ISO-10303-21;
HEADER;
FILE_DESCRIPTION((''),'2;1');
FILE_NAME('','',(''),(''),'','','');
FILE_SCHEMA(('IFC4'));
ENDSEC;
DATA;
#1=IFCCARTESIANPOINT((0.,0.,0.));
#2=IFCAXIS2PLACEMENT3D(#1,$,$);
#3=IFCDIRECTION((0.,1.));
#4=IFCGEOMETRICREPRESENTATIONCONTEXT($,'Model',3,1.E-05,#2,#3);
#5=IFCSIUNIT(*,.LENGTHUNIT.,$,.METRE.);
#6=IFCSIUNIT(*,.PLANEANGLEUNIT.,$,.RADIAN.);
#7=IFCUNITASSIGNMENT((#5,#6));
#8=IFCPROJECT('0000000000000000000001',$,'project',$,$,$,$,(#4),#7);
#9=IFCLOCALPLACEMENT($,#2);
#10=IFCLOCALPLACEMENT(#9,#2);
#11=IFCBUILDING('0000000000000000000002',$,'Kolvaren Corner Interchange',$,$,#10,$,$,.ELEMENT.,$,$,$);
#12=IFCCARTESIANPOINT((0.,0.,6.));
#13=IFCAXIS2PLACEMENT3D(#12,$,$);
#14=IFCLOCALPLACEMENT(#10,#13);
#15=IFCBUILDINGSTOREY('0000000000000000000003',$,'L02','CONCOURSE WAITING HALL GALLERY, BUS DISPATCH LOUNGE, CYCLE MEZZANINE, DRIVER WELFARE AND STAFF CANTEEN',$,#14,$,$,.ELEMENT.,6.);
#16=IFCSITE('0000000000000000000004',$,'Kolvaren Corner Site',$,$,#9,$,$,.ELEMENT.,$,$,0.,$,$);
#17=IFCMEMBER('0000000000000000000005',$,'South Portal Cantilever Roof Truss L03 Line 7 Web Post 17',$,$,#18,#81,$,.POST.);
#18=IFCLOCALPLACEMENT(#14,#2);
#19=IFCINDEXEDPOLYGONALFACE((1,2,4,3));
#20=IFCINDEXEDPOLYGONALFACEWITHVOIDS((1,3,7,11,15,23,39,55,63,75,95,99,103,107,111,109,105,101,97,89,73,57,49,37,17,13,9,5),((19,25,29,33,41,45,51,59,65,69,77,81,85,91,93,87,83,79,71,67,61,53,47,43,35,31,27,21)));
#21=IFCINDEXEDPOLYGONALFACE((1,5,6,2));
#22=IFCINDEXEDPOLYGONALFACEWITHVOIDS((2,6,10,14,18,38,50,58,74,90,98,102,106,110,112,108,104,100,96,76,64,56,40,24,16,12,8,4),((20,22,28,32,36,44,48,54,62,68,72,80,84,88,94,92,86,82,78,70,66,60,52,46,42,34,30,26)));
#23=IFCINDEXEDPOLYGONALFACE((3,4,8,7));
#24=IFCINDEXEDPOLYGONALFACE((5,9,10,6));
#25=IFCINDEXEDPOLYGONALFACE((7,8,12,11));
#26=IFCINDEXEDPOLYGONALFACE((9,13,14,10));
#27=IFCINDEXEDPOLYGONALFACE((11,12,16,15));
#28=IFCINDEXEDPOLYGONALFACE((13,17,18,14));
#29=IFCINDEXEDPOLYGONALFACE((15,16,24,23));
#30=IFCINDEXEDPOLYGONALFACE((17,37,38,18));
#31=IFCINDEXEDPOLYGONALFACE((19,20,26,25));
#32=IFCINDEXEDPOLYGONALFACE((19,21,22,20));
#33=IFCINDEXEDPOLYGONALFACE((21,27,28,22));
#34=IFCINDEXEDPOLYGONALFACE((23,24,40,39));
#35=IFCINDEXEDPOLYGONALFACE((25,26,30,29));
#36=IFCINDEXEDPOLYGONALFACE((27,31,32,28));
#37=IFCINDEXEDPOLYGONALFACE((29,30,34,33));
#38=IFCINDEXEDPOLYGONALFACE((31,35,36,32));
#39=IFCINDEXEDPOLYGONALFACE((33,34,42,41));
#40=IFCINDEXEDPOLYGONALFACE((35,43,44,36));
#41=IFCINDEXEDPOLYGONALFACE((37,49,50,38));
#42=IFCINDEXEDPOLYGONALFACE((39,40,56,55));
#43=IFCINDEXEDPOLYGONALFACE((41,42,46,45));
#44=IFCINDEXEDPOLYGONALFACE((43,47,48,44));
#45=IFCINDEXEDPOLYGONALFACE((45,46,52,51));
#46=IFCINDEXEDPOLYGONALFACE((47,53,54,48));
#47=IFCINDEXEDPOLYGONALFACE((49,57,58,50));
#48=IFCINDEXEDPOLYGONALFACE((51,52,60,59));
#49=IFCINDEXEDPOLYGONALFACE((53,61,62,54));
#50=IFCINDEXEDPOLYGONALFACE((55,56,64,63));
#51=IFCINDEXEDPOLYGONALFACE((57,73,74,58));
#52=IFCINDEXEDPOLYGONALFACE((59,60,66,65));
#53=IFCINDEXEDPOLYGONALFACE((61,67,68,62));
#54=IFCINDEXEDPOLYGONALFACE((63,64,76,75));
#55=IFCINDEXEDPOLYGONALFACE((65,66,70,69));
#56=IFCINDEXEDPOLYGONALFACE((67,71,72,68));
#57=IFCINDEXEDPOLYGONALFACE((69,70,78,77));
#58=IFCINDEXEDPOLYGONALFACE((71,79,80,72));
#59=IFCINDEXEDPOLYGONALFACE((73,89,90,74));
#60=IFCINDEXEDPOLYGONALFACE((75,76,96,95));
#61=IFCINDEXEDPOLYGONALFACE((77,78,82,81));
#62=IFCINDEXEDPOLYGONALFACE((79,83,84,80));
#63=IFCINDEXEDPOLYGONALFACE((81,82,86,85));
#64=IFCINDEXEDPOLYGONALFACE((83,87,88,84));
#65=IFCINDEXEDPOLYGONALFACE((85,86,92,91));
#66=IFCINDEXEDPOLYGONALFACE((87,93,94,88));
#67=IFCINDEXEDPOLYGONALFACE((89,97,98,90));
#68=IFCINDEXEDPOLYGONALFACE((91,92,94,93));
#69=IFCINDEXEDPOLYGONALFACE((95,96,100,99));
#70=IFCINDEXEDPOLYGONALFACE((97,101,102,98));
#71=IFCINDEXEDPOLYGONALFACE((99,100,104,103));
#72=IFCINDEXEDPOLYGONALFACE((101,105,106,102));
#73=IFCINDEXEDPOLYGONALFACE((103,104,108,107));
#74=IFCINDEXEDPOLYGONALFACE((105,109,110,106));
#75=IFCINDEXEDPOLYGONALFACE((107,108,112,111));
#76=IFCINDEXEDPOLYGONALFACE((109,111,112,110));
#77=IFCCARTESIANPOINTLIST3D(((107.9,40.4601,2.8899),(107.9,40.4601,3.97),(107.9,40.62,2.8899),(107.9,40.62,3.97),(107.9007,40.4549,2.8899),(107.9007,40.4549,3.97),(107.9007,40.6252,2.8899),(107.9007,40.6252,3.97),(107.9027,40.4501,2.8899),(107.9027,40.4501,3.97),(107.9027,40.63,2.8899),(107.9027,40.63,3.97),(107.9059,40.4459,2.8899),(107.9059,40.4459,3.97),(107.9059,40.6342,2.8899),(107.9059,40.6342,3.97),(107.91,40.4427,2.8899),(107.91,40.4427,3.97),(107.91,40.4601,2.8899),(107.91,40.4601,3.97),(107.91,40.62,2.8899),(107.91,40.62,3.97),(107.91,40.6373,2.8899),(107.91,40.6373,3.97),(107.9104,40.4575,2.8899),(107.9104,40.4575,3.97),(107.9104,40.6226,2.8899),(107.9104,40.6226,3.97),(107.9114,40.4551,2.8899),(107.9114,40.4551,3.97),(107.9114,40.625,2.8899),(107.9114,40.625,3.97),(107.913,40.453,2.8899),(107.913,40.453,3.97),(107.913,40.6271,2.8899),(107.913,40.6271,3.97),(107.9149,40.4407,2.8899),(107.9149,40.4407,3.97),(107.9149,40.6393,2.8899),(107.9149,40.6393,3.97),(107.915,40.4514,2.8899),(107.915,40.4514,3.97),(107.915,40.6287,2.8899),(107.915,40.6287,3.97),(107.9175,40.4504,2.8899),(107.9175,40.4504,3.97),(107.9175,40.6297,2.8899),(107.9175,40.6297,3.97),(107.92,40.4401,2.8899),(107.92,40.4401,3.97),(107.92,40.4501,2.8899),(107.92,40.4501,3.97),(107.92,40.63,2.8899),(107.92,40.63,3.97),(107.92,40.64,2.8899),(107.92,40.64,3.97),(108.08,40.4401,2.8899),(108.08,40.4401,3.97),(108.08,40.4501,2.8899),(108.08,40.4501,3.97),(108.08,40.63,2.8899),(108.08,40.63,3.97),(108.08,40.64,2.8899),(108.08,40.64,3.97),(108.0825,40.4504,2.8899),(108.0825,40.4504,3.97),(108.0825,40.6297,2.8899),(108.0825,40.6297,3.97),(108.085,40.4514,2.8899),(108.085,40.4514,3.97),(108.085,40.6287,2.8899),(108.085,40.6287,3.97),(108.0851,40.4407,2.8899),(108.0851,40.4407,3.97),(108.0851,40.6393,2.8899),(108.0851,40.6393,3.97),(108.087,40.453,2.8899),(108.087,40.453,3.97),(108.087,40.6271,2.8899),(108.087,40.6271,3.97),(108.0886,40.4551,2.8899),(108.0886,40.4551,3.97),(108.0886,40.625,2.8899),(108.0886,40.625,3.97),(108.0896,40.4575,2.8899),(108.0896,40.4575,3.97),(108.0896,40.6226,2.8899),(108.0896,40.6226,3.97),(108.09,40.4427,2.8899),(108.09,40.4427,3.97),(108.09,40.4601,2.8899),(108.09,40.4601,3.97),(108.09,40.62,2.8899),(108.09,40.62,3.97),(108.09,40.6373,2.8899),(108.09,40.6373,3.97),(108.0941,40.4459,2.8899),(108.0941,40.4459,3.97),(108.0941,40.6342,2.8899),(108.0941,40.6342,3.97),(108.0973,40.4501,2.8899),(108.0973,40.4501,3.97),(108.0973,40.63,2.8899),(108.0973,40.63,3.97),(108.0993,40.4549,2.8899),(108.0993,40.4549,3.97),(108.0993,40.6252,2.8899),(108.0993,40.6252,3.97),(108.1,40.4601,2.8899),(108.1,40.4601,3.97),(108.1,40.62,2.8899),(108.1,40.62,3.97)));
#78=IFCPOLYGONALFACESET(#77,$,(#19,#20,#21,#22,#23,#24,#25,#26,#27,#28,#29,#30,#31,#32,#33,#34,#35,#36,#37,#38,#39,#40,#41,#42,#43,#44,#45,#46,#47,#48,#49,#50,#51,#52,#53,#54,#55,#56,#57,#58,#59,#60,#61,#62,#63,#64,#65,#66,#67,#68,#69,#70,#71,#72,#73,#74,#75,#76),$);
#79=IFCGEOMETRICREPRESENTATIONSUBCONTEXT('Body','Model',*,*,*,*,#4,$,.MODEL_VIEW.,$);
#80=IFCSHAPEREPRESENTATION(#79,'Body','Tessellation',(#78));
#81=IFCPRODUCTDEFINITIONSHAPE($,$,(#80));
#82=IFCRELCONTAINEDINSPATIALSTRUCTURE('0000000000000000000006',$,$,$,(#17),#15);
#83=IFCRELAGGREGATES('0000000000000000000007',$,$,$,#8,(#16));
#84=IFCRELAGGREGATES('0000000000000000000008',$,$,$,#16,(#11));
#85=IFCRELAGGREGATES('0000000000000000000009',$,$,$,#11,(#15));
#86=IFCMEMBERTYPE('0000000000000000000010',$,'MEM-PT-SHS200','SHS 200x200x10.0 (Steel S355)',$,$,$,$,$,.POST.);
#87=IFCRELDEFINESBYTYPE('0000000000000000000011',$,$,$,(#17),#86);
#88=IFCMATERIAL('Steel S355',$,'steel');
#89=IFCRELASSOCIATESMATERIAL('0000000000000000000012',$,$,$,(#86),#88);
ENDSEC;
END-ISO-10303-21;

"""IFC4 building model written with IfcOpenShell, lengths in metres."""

from ifc_helpers import new_model, si_unit, direction, frame, origin, origin_2d, place, context, subcontext, project, spatial, hollow_rectangle, extrude, material, material_profile, profile_set, type_object, element, save


model = new_model("IFC4")

# Units and contexts
model_context = context("Model", 3, precision=1e-05, world=origin(), true_north=direction((0.0, 1.0)))
body_context = subcontext(model_context, "Body", "Model", "MODEL_VIEW")
ifc_project = project(units=[si_unit("LENGTHUNIT", "METRE"), si_unit("PLANEANGLEUNIT", "RADIAN")], contexts=[model_context])

# Site, building, storey
site_placement = place(None, origin())
site = spatial("IfcSite", under=ifc_project, at=site_placement, Name="Kolvaren Corner Site", CompositionType="ELEMENT", RefElevation=0.0)
building_placement = place(site_placement, origin())
building = spatial("IfcBuilding", under=site, at=building_placement, Name="Kolvaren Corner Interchange", CompositionType="ELEMENT")
storey_placement = place(building_placement, frame((0.0, 0.0, 6.0)))
storey = spatial("IfcBuildingStorey", under=building, at=storey_placement, Name="L02", Description="CONCOURSE WAITING HALL GALLERY, BUS DISPATCH LOUNGE, CYCLE MEZZANINE, DRIVER WELFARE AND STAFF CANTEEN", CompositionType="ELEMENT", Elevation=6.0)

# Member
ifc_material_1 = material(Name="Steel S355", Category="steel")
ifc_material_profile_1 = material_profile(ifc_material_1, hollow_rectangle(XDim=0.2, YDim=0.2, WallThickness=0.01, InnerFilletRadius=0.01, OuterFilletRadius=0.02, at=origin_2d()), Name="SHS 200x200x10.0")
ifc_profile_set_1 = profile_set([ifc_material_profile_1], Name="Steel S355")
member_type_1 = type_object("IfcMemberType", Name="MEM-PT-SHS200", Description="SHS 200x200x10.0 (Steel S355)", PredefinedType="POST", material=ifc_profile_set_1)
for number, where, z_axis, x_axis, name in (
    (1, (108.0, 40.54, 2.8899), (0.0, 0.0, 1.0), (1.0, 0.0, 0.0), "South Portal Cantilever Roof Truss L03 Line 7 Web Post 17"),
):
    element("IfcMember", number, at=place(storey_placement, frame(where, z_axis=z_axis, x_axis=x_axis)), inside=storey, type_object=member_type_1, Name=name, PredefinedType="POST", context=body_context, shape_type="SweptSolid", body=[
        extrude(hollow_rectangle(XDim=0.2, YDim=0.2, WallThickness=0.01, InnerFilletRadius=0.01, OuterFilletRadius=0.02, at=origin_2d()), origin(), (0.0, 0.0, 1.0), 1.0801),
    ])

save(model, "model.ifc")
